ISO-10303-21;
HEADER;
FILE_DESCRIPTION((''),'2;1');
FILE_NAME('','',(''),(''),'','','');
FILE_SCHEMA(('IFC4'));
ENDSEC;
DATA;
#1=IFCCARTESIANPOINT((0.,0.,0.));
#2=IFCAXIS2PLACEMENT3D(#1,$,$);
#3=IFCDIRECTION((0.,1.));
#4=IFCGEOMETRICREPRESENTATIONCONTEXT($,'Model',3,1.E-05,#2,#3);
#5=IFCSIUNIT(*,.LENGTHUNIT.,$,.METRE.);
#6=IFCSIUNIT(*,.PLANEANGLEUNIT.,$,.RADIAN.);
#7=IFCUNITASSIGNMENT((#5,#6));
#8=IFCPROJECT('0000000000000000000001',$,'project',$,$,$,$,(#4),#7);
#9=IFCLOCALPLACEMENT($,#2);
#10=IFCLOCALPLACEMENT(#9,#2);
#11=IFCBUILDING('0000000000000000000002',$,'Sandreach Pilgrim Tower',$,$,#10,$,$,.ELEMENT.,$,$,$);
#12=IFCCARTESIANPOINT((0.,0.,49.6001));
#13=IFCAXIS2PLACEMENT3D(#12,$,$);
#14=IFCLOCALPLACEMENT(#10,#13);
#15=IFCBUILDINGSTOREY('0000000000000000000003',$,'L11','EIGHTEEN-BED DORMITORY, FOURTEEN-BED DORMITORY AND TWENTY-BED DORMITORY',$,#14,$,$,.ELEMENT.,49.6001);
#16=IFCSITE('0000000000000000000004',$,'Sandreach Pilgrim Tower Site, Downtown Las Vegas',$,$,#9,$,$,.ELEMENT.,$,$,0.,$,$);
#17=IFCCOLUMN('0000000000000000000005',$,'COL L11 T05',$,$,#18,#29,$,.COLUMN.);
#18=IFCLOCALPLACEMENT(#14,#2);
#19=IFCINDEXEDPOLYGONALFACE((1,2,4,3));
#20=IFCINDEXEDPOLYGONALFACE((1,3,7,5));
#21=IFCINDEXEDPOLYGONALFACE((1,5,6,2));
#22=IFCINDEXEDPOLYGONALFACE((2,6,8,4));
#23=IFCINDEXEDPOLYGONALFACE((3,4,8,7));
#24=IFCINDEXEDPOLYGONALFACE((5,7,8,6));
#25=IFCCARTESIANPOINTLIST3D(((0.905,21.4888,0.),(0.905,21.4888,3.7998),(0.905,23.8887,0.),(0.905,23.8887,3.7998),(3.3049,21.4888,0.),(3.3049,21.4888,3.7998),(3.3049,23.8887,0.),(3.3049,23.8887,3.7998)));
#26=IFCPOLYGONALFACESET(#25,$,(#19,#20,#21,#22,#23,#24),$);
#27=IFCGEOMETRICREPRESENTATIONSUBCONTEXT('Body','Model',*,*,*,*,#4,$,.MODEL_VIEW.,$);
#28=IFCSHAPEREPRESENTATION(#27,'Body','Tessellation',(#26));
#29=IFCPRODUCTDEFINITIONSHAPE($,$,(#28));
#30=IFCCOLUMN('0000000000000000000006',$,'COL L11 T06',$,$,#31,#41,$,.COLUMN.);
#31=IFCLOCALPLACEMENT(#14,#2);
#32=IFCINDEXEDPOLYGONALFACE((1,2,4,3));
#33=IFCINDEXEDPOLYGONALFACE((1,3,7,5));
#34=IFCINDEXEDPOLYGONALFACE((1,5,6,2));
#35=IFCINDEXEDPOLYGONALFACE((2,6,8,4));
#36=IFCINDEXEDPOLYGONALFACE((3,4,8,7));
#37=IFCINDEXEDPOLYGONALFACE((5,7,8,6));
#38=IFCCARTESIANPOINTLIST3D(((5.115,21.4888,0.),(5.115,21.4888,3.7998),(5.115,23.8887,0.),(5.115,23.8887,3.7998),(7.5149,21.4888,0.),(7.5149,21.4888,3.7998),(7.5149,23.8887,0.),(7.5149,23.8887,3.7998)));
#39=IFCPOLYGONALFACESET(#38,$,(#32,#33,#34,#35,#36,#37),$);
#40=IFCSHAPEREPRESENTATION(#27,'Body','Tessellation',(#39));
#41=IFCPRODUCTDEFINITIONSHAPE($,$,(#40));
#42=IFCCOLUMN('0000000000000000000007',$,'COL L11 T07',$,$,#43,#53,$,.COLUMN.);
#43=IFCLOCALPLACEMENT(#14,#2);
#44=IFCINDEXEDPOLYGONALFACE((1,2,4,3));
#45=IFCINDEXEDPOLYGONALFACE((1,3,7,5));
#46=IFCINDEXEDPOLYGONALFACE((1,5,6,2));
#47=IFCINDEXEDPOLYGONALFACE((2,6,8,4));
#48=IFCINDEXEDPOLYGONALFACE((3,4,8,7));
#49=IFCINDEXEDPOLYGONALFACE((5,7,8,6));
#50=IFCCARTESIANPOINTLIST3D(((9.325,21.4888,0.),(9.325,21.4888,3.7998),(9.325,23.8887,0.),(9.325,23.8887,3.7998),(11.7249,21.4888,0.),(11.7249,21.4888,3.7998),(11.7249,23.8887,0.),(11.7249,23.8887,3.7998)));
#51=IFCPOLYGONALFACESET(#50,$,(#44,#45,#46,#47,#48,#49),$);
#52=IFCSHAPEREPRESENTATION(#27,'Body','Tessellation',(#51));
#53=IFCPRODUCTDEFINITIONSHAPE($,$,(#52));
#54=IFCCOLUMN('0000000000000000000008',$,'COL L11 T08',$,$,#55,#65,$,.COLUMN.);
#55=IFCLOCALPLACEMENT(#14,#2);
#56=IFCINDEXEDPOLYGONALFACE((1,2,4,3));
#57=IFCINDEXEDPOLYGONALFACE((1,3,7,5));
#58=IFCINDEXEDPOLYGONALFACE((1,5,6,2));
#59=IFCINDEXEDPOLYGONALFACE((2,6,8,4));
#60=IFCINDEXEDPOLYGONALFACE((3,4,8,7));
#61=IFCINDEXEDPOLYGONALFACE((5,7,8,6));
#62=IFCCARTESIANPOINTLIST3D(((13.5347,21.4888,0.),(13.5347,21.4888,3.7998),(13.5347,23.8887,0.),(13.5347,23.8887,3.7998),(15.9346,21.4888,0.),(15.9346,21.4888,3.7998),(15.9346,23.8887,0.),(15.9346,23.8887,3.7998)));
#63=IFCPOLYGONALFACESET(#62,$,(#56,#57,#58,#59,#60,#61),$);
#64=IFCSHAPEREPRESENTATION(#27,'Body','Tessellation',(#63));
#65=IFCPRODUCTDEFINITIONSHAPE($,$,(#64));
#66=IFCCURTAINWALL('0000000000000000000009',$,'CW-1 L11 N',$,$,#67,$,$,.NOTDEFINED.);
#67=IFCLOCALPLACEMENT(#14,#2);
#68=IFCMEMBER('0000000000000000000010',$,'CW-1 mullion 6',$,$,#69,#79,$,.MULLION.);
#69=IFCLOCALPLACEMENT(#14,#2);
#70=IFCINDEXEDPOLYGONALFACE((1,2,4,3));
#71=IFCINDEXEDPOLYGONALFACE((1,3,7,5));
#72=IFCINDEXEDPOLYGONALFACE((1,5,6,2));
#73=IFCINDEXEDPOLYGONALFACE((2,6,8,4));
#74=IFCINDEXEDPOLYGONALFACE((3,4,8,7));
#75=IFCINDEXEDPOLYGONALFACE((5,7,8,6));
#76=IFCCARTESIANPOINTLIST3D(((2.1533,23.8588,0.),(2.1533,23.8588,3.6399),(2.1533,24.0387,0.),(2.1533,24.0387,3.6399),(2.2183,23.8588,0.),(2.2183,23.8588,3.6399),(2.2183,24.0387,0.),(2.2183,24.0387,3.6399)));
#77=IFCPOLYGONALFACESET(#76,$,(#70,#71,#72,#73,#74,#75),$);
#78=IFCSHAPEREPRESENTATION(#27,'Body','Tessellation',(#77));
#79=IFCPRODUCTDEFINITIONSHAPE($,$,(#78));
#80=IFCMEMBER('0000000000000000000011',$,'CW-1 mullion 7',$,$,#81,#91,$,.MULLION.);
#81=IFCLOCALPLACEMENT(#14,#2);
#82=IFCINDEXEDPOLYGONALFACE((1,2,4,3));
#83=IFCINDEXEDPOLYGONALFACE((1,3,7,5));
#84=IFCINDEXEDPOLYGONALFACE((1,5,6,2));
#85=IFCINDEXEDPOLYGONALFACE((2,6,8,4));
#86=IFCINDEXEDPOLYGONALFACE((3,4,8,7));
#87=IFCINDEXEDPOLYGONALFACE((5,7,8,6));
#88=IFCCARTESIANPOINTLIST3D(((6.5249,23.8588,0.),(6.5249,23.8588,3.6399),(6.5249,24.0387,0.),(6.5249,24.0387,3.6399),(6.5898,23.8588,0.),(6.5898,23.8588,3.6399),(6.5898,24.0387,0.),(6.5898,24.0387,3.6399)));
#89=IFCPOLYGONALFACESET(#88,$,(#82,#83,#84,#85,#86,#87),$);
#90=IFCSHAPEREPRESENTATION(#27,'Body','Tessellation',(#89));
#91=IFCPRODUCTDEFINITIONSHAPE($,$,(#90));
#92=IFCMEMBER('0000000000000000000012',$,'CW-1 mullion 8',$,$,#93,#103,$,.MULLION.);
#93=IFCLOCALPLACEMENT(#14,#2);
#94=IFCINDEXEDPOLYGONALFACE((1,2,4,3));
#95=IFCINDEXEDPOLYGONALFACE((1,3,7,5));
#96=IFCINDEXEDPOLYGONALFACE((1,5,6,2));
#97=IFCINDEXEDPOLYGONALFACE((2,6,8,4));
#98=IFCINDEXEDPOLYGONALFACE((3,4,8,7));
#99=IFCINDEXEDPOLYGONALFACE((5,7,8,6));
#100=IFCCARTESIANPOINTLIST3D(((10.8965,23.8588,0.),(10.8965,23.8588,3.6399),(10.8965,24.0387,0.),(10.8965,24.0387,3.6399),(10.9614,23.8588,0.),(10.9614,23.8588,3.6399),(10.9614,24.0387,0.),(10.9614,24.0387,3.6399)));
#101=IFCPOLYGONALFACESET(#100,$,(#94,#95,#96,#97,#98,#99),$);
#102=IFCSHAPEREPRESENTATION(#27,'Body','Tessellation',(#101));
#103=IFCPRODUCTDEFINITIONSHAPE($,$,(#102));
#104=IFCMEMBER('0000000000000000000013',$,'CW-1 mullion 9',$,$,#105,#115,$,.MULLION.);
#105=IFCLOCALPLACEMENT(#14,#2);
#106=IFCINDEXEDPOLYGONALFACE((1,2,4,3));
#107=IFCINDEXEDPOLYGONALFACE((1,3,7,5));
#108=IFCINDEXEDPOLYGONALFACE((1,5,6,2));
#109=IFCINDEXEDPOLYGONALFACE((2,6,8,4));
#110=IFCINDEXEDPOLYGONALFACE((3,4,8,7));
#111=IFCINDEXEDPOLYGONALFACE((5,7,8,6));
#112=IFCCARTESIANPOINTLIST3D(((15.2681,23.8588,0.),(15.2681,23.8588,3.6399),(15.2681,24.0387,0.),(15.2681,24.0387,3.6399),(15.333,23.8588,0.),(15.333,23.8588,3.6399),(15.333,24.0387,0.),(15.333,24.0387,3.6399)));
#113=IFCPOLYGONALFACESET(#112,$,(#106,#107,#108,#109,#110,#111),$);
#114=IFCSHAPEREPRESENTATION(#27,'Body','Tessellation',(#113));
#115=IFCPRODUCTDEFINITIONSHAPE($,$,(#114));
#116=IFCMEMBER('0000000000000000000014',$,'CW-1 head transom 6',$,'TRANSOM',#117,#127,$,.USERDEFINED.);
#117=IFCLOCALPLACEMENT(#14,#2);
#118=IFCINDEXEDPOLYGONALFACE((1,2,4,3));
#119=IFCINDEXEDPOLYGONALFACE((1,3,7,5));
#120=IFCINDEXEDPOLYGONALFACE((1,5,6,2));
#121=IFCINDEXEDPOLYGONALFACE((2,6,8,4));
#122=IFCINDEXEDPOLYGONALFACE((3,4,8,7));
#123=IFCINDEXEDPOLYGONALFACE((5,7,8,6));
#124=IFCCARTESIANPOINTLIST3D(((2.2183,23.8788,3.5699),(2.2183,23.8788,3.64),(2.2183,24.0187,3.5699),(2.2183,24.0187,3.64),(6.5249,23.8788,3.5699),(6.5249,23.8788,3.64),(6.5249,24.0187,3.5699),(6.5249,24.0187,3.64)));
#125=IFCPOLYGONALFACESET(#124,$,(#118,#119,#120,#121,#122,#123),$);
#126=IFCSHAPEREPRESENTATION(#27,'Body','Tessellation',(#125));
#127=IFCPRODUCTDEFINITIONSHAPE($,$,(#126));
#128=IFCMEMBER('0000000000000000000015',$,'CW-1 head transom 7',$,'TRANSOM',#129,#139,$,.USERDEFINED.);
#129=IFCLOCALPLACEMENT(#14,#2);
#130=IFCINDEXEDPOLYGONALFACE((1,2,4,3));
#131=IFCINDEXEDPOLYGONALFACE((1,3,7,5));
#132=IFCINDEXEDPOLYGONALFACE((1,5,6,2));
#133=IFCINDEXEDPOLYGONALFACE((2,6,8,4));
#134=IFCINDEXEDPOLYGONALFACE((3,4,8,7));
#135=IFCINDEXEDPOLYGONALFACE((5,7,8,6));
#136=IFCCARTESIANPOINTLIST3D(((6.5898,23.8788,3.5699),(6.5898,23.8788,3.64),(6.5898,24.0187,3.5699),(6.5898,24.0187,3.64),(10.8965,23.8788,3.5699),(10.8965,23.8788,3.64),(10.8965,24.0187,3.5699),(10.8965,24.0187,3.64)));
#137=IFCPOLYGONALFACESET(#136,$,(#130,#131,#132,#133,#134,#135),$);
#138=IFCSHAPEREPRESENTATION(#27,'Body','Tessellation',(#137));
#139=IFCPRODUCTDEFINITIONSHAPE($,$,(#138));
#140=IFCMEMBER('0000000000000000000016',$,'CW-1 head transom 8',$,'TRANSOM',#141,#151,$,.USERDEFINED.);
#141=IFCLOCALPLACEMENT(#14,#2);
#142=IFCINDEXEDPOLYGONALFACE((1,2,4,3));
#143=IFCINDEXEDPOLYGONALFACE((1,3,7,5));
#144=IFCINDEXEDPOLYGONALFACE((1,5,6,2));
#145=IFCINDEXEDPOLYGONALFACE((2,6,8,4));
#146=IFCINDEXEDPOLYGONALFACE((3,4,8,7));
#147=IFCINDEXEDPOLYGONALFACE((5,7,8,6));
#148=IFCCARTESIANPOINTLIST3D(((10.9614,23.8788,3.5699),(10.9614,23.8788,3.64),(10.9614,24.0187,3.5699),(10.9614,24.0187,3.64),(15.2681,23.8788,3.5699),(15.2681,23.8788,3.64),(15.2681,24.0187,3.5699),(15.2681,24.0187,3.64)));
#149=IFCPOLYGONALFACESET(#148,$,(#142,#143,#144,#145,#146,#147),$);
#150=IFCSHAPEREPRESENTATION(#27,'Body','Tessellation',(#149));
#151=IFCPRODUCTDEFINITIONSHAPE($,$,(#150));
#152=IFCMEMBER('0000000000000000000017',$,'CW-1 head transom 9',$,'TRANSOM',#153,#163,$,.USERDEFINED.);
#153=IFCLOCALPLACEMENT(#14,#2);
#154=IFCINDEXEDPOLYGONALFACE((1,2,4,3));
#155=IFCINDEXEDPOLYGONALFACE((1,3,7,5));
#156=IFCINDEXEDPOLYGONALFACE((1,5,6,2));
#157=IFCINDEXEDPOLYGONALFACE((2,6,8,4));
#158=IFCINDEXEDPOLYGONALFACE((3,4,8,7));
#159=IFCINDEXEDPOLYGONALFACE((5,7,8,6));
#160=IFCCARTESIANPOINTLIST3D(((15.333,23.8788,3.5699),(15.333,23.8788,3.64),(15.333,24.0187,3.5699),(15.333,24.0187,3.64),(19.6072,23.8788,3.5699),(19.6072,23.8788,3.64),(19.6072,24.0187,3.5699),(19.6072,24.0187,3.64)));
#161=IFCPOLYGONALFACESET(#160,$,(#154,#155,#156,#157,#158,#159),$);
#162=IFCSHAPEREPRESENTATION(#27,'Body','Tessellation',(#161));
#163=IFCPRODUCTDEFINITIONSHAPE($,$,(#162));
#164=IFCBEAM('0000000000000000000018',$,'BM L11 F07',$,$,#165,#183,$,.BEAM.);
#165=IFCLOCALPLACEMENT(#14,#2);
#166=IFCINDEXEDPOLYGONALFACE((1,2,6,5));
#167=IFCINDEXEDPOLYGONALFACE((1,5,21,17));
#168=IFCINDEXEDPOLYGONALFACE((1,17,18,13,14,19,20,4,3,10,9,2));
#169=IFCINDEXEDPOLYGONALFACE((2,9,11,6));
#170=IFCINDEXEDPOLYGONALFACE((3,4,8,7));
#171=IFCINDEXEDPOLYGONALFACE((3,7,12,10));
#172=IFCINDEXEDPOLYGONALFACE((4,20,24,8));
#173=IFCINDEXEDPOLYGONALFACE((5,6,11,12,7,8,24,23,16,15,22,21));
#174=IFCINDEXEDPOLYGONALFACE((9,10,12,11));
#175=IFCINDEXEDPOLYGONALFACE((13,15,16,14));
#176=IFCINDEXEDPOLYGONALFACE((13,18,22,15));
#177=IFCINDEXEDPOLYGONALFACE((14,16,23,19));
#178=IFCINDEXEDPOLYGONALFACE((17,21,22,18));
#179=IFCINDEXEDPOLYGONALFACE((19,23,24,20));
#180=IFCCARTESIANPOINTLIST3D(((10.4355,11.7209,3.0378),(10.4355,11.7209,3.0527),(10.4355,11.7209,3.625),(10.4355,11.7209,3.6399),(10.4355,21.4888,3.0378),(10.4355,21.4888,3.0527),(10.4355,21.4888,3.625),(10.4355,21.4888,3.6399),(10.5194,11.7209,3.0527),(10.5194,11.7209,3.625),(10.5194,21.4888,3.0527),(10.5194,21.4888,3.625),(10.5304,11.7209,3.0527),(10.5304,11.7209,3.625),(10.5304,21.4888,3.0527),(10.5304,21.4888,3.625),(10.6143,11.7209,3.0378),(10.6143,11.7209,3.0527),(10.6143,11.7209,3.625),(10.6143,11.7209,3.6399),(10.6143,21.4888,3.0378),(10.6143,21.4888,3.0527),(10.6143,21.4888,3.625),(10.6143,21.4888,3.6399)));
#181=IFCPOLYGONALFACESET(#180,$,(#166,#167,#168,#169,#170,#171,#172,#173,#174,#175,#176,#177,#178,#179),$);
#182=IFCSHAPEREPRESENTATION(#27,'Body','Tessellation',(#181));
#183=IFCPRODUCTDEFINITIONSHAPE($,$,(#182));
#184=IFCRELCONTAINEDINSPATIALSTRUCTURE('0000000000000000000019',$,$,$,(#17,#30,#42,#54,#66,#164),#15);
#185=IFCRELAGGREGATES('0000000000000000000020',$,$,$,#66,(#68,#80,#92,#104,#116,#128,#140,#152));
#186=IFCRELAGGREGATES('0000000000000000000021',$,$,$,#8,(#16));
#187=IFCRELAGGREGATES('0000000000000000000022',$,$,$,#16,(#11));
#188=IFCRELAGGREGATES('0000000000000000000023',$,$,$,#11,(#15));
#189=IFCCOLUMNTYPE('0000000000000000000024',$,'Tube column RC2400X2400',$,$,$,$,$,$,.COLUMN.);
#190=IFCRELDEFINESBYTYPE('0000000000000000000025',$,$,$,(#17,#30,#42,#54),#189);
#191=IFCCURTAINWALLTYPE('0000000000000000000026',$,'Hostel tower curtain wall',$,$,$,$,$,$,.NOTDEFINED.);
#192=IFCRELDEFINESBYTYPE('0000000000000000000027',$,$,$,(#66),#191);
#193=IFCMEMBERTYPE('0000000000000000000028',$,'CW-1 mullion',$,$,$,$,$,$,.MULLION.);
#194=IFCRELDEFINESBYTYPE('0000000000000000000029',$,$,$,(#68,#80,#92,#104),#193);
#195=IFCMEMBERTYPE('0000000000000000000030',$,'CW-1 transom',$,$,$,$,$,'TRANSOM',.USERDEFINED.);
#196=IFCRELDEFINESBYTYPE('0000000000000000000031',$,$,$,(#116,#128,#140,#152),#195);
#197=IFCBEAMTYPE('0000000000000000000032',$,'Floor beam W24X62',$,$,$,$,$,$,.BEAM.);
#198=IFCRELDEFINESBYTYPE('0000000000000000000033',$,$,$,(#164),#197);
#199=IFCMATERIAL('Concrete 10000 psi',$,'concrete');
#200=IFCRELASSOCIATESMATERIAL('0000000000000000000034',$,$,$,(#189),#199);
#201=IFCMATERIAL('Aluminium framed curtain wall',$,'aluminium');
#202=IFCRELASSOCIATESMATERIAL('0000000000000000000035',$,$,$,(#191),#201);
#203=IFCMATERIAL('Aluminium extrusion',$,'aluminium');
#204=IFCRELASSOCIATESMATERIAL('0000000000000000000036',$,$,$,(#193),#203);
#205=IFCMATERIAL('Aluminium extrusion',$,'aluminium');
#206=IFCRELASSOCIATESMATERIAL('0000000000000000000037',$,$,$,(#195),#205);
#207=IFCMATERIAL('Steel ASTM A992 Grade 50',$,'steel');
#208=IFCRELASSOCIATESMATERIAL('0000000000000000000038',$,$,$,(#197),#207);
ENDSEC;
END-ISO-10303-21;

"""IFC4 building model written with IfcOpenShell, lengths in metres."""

from ifc_helpers import new_model, si_unit, direction, frame, origin, origin_2d, place, context, subcontext, project, spatial, rectangle, i_section, extrude, material, material_profile, profile_set, type_object, element, aggregate, save


model = new_model("IFC4")

# Units and contexts
model_context = context("Model", 3, precision=1e-05, world=origin(), true_north=direction((0.0, 1.0)))
body_context = subcontext(model_context, "Body", "Model", "MODEL_VIEW")
ifc_project = project(units=[si_unit("LENGTHUNIT", "METRE"), si_unit("PLANEANGLEUNIT", "RADIAN")], contexts=[model_context])

# Site, building, storey
site_placement = place(None, origin())
site = spatial("IfcSite", under=ifc_project, at=site_placement, Name="Sandreach Pilgrim Tower Site, Downtown Las Vegas", CompositionType="ELEMENT", RefElevation=0.0)
building_placement = place(site_placement, origin())
building = spatial("IfcBuilding", under=site, at=building_placement, Name="Sandreach Pilgrim Tower", CompositionType="ELEMENT")
storey_placement = place(building_placement, frame((0.0, 0.0, 49.6001)))
storey = spatial("IfcBuildingStorey", under=building, at=storey_placement, Name="L11", Description="EIGHTEEN-BED DORMITORY, FOURTEEN-BED DORMITORY AND TWENTY-BED DORMITORY", CompositionType="ELEMENT", Elevation=49.6001)

# Columns
ifc_material_1 = material(Name="Concrete 10000 psi", Category="concrete")
ifc_material_profile_1 = material_profile(ifc_material_1, rectangle(XDim=2.3999, YDim=2.3999, at=origin_2d()), Name="RC2400X2400")
ifc_profile_set_1 = profile_set([ifc_material_profile_1], Name="Concrete 10000 psi")
column_type = type_object("IfcColumnType", Name="Tube column RC2400X2400", PredefinedType="COLUMN", material=ifc_profile_set_1)
for number, where, z_axis, x_axis, name in (
    (1, (2.105, 22.6887, 0.0), (0.0, 0.0, 1.0), (0.0, 1.0, 0.0), "COL L11 T05"),
    (2, (6.3149, 22.6887, 0.0), (0.0, 0.0, 1.0), (0.0, 1.0, 0.0), "COL L11 T06"),
    (3, (10.5249, 22.6887, 0.0), (0.0, 0.0, 1.0), (0.0, 1.0, 0.0), "COL L11 T07"),
    (4, (14.7346, 22.6887, 0.0), (0.0, 0.0, 1.0), (0.0, 1.0, 0.0), "COL L11 T08"),
):
    element("IfcColumn", number, at=place(storey_placement, frame(where, z_axis=z_axis, x_axis=x_axis)), inside=storey, type_object=column_type, Name=name, PredefinedType="COLUMN", context=body_context, shape_type="SweptSolid", body=[
        extrude(rectangle(XDim=2.3999, YDim=2.3999, at=origin_2d()), origin(), (0.0, 0.0, 1.0), 3.7998),
    ])

# Curtain wall, members
ifc_material_2 = material(Name="Aluminium framed curtain wall", Category="aluminium")
curtain_wall_type = type_object("IfcCurtainWallType", Name="Hostel tower curtain wall", PredefinedType="NOTDEFINED", material=ifc_material_2)
curtain_wall_placement = place(storey_placement, origin())
curtain_wall = element("IfcCurtainWall", 5, at=curtain_wall_placement, inside=storey, type_object=curtain_wall_type, Name="CW-1 L11 N", PredefinedType="NOTDEFINED")
ifc_material_3 = material(Name="Aluminium extrusion", Category="aluminium")
ifc_material_profile_2 = material_profile(ifc_material_3, rectangle(XDim=0.0649, YDim=0.1799, at=origin_2d()), Name="CW-1M 65X180")
ifc_profile_set_2 = profile_set([ifc_material_profile_2], Name="Aluminium extrusion")
member_type_1 = type_object("IfcMemberType", Name="CW-1 mullion", PredefinedType="MULLION", material=ifc_profile_set_2)
member_1_placement = place(storey_placement, frame((2.1858, 23.9487, 0.0), z_axis=(0.0, 0.0, 1.0), x_axis=(1.0, 0.0, 0.0)))
member_1 = element("IfcMember", 6, at=member_1_placement, type_object=member_type_1, Name="CW-1 mullion 6", PredefinedType="MULLION", context=body_context, shape_type="SweptSolid", body=[
    extrude(rectangle(XDim=0.0649, YDim=0.1799, at=origin_2d()), origin(), (0.0, 0.0, 1.0), 3.6399),
])
member_2_placement = place(storey_placement, frame((6.5574, 23.9487, 0.0), z_axis=(0.0, 0.0, 1.0), x_axis=(1.0, 0.0, 0.0)))
member_2 = element("IfcMember", 7, at=member_2_placement, type_object=member_type_1, Name="CW-1 mullion 7", PredefinedType="MULLION", context=body_context, shape_type="SweptSolid", body=[
    extrude(rectangle(XDim=0.0649, YDim=0.1799, at=origin_2d()), origin(), (0.0, 0.0, 1.0), 3.6399),
])
member_3_placement = place(storey_placement, frame((10.929, 23.9487, 0.0), z_axis=(0.0, 0.0, 1.0), x_axis=(1.0, 0.0, 0.0)))
member_3 = element("IfcMember", 8, at=member_3_placement, type_object=member_type_1, Name="CW-1 mullion 8", PredefinedType="MULLION", context=body_context, shape_type="SweptSolid", body=[
    extrude(rectangle(XDim=0.0649, YDim=0.1799, at=origin_2d()), origin(), (0.0, 0.0, 1.0), 3.6399),
])
member_4_placement = place(storey_placement, frame((15.3005, 23.9487, 0.0), z_axis=(0.0, 0.0, 1.0), x_axis=(1.0, 0.0, 0.0)))
member_4 = element("IfcMember", 9, at=member_4_placement, type_object=member_type_1, Name="CW-1 mullion 9", PredefinedType="MULLION", context=body_context, shape_type="SweptSolid", body=[
    extrude(rectangle(XDim=0.0649, YDim=0.1799, at=origin_2d()), origin(), (0.0, 0.0, 1.0), 3.6399),
])
ifc_material_4 = material(Name="Aluminium extrusion", Category="aluminium")
ifc_material_profile_3 = material_profile(ifc_material_4, rectangle(XDim=0.1399, YDim=0.0701, at=origin_2d()), Name="CW-1T 140X70")
ifc_profile_set_3 = profile_set([ifc_material_profile_3], Name="Aluminium extrusion")
member_type_2 = type_object("IfcMemberType", Name="CW-1 transom", ElementType="TRANSOM", PredefinedType="USERDEFINED", material=ifc_profile_set_3)
member_5_placement = place(storey_placement, frame((2.2183, 23.9487, 3.605), z_axis=(1.0, 0.0, 0.0), x_axis=(0.0, 1.0, 0.0)))
member_5 = element("IfcMember", 10, at=member_5_placement, type_object=member_type_2, Name="CW-1 head transom 6", ObjectType="TRANSOM", PredefinedType="USERDEFINED", context=body_context, shape_type="SweptSolid", body=[
    extrude(rectangle(XDim=0.1399, YDim=0.0701, at=origin_2d()), origin(), (0.0, 0.0, 1.0), 4.3066),
])
member_6_placement = place(storey_placement, frame((6.5898, 23.9487, 3.605), z_axis=(1.0, 0.0, 0.0), x_axis=(0.0, 1.0, 0.0)))
member_6 = element("IfcMember", 11, at=member_6_placement, type_object=member_type_2, Name="CW-1 head transom 7", ObjectType="TRANSOM", PredefinedType="USERDEFINED", context=body_context, shape_type="SweptSolid", body=[
    extrude(rectangle(XDim=0.1399, YDim=0.0701, at=origin_2d()), origin(), (0.0, 0.0, 1.0), 4.3066),
])
member_7_placement = place(storey_placement, frame((10.9614, 23.9487, 3.605), z_axis=(1.0, 0.0, 0.0), x_axis=(0.0, 1.0, 0.0)))
member_7 = element("IfcMember", 12, at=member_7_placement, type_object=member_type_2, Name="CW-1 head transom 8", ObjectType="TRANSOM", PredefinedType="USERDEFINED", context=body_context, shape_type="SweptSolid", body=[
    extrude(rectangle(XDim=0.1399, YDim=0.0701, at=origin_2d()), origin(), (0.0, 0.0, 1.0), 4.3066),
])
member_8_placement = place(storey_placement, frame((15.333, 23.9487, 3.605), z_axis=(1.0, 0.0, 0.0), x_axis=(0.0, 1.0, 0.0)))
member_8 = element("IfcMember", 13, at=member_8_placement, type_object=member_type_2, Name="CW-1 head transom 9", ObjectType="TRANSOM", PredefinedType="USERDEFINED", context=body_context, shape_type="SweptSolid", body=[
    extrude(rectangle(XDim=0.1399, YDim=0.0701, at=origin_2d()), origin(), (0.0, 0.0, 1.0), 4.2742),
])

# Beam
ifc_material_5 = material(Name="Steel ASTM A992 Grade 50", Category="steel")
ifc_material_profile_4 = material_profile(ifc_material_5, i_section(OverallWidth=0.1787, OverallDepth=0.6021, WebThickness=0.011, FlangeThickness=0.0149, at=origin_2d()), Name="W24X62")
ifc_profile_set_4 = profile_set([ifc_material_profile_4], Name="Steel ASTM A992 Grade 50")
beam_type_1 = type_object("IfcBeamType", Name="Floor beam W24X62", PredefinedType="BEAM", material=ifc_profile_set_4)
beam_1_placement = place(storey_placement, frame((10.5249, 21.4888, 3.3389), z_axis=(0.0, -1.0, 0.0), x_axis=(1.0, 0.0, 0.0)))
element("IfcBeam", 14, at=beam_1_placement, inside=storey, type_object=beam_type_1, Name="BM L11 F07", PredefinedType="BEAM", context=body_context, shape_type="SweptSolid", body=[
    extrude(i_section(OverallWidth=0.1787, OverallDepth=0.6021, WebThickness=0.011, FlangeThickness=0.0149, at=origin_2d()), origin(), (0.0, 0.0, 1.0), 9.7678),
])

aggregate(curtain_wall, [member_1, member_2, member_3, member_4, member_5, member_6, member_7, member_8])

save(model, "model.ifc")
